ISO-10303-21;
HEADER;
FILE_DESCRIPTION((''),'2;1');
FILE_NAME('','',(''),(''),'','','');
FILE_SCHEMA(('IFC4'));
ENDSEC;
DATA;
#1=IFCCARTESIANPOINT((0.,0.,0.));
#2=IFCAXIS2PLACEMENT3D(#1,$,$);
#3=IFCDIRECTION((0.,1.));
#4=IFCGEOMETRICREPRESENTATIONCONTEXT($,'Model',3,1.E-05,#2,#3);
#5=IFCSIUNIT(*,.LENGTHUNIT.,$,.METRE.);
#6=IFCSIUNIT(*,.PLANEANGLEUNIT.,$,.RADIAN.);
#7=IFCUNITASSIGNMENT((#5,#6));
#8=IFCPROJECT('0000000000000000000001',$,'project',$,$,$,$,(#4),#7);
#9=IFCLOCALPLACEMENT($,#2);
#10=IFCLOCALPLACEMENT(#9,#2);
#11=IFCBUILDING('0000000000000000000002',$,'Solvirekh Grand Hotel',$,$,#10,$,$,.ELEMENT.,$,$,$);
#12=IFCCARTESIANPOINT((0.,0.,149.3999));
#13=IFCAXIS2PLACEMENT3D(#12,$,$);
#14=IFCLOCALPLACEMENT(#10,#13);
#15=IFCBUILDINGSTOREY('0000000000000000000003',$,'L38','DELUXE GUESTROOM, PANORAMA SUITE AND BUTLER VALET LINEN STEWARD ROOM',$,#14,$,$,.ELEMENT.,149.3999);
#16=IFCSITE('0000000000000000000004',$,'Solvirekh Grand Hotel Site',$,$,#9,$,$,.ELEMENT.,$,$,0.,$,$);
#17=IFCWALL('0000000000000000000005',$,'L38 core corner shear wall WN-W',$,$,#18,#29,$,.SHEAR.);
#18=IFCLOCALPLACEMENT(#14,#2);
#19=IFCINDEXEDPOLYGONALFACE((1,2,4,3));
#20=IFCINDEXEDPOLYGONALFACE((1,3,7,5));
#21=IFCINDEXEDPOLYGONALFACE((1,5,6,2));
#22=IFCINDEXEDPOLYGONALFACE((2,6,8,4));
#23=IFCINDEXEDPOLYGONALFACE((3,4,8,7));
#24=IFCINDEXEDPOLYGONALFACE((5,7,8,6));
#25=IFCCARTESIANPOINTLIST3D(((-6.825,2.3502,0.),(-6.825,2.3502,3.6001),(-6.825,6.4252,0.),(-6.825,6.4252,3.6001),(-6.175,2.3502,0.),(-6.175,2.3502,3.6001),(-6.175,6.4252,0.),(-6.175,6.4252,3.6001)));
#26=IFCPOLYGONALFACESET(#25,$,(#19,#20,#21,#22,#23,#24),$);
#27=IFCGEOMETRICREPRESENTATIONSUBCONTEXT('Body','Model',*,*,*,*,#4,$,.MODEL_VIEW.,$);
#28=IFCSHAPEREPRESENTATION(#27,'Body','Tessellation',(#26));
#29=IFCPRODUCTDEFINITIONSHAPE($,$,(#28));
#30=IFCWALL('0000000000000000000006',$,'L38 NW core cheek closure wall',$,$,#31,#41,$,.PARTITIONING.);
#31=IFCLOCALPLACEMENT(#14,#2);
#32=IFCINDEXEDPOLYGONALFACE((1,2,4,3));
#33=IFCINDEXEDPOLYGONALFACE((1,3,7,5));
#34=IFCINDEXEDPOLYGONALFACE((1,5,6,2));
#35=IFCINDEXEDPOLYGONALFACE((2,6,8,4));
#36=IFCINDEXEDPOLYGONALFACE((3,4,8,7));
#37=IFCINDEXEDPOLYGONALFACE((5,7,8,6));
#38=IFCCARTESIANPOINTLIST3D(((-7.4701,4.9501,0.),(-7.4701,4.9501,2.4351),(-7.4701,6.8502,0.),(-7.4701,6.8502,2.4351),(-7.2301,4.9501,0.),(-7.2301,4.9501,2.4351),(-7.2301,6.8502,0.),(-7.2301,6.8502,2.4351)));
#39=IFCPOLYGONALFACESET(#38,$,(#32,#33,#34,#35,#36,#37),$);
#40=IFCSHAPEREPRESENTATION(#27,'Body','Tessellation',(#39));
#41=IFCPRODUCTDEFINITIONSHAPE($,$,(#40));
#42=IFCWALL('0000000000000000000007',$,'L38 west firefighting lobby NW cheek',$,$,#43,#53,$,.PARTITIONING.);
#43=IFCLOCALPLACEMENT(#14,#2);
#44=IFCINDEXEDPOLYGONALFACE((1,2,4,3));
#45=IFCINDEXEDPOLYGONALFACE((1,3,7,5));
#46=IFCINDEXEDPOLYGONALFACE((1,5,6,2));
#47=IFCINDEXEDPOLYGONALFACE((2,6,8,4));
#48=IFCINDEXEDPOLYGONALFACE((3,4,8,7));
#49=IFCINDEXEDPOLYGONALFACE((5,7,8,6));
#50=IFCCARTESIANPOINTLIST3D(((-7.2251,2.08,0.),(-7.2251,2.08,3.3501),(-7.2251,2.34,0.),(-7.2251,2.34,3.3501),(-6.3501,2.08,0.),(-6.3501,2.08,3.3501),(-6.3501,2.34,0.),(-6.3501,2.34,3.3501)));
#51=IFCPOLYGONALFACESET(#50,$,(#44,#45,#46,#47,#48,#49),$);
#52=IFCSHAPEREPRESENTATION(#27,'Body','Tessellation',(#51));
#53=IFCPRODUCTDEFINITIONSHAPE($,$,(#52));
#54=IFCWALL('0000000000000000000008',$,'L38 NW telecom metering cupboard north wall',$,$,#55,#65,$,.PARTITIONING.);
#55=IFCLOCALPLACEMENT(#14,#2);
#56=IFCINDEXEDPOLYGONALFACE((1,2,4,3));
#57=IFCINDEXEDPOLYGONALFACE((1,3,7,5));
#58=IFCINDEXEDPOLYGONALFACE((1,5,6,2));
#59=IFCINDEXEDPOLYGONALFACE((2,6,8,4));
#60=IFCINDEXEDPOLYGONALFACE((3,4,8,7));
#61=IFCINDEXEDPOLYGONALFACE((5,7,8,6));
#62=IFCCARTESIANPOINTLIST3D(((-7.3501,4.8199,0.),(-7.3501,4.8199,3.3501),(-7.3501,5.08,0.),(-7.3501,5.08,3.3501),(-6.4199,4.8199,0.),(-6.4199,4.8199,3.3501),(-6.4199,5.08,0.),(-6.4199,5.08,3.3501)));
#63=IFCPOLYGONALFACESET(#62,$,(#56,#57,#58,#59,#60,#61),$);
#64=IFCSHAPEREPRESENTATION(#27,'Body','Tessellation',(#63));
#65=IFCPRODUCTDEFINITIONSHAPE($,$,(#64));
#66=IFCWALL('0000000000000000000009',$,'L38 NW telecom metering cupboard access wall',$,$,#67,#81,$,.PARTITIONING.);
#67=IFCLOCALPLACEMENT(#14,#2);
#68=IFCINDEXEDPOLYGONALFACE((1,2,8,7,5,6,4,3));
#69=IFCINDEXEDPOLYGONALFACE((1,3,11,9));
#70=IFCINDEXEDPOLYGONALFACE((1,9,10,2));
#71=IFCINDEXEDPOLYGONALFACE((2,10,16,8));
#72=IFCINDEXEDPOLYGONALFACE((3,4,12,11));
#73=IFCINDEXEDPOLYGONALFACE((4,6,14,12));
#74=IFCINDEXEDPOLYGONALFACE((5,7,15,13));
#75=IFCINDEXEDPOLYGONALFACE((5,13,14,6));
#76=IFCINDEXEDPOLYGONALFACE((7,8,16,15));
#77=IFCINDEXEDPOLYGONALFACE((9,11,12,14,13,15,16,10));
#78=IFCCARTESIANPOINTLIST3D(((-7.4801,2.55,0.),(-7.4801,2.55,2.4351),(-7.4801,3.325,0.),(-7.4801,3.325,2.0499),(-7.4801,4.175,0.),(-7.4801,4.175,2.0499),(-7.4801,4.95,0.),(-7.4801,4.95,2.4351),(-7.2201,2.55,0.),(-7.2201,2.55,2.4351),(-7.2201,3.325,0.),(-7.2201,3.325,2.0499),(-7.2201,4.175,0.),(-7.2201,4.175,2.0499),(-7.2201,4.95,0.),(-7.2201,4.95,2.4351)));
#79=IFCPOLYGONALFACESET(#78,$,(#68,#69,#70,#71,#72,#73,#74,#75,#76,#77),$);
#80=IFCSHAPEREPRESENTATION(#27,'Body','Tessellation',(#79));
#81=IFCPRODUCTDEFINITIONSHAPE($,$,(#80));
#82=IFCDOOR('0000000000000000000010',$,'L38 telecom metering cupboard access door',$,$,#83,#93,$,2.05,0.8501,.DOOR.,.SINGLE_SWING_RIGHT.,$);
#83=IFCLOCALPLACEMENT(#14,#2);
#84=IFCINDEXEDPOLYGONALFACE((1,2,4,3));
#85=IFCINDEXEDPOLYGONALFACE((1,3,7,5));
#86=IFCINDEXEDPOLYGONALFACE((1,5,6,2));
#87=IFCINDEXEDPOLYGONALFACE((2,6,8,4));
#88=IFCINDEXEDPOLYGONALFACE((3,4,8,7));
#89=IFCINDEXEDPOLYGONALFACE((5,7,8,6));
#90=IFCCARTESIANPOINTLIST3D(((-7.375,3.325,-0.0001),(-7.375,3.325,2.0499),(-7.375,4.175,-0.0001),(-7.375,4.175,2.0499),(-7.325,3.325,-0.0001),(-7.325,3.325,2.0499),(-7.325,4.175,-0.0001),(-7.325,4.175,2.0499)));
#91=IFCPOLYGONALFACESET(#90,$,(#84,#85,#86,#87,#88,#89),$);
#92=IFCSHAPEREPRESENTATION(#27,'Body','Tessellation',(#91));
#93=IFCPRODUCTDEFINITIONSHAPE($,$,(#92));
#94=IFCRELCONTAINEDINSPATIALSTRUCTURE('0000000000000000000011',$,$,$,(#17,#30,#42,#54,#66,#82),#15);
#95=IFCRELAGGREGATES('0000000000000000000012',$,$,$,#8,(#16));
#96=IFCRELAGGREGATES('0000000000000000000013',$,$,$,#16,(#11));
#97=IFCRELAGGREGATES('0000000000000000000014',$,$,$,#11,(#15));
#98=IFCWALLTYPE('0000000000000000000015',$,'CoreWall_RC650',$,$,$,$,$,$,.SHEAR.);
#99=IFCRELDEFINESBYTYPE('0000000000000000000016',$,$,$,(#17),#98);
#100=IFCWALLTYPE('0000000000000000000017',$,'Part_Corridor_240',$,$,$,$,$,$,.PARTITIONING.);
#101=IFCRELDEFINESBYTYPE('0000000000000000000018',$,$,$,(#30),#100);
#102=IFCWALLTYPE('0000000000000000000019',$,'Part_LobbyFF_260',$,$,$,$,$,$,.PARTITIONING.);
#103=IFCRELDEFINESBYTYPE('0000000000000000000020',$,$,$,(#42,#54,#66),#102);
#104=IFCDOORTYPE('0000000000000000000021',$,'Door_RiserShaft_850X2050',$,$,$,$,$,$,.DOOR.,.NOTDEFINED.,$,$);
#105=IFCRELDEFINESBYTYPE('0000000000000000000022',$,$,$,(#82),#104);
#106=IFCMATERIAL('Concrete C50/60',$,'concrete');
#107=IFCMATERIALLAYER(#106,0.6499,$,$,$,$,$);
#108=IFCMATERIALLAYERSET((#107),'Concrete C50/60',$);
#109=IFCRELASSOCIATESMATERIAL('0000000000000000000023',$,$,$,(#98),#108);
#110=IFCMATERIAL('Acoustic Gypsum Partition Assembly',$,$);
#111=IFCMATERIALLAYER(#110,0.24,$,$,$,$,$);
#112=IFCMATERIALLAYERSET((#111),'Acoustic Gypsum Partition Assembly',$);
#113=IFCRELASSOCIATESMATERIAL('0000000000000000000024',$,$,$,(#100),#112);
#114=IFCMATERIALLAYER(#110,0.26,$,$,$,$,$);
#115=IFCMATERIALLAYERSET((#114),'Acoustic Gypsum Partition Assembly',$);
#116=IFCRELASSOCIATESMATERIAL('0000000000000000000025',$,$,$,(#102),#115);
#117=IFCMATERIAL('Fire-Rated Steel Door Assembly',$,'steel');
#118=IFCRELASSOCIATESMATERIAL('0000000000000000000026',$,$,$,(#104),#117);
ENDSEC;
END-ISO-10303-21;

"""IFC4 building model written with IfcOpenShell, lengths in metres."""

from ifc_helpers import new_model, si_unit, direction, frame, frame_2d, origin, place, context, subcontext, project, spatial, rectangle, extrude, material, layer, layer_set, type_object, element, fill, save


model = new_model("IFC4")

# Units and contexts
model_context = context("Model", 3, precision=1e-05, world=origin(), true_north=direction((0.0, 1.0)))
body_context = subcontext(model_context, "Body", "Model", "MODEL_VIEW")
ifc_project = project(units=[si_unit("LENGTHUNIT", "METRE"), si_unit("PLANEANGLEUNIT", "RADIAN")], contexts=[model_context])

# Site, building, storey
site_placement = place(None, origin())
site = spatial("IfcSite", under=ifc_project, at=site_placement, Name="Solvirekh Grand Hotel Site", CompositionType="ELEMENT", RefElevation=0.0)
building_placement = place(site_placement, origin())
building = spatial("IfcBuilding", under=site, at=building_placement, Name="Solvirekh Grand Hotel", CompositionType="ELEMENT")
storey_placement = place(building_placement, frame((0.0, 0.0, 149.3999)))
storey = spatial("IfcBuildingStorey", under=building, at=storey_placement, Name="L38", Description="DELUXE GUESTROOM, PANORAMA SUITE AND BUTLER VALET LINEN STEWARD ROOM", CompositionType="ELEMENT", Elevation=149.3999)

# Shared definitions
ifc_material_1 = material(Name="Concrete C50/60", Category="concrete")

# Shared definitions
ifc_material_2 = material(Name="Fire-Rated Steel Door Assembly", Category="steel")

# Walls
ifc_layer_1 = layer(ifc_material_1, 0.6499)
ifc_layer_set_1 = layer_set([ifc_layer_1], Name="Concrete C50/60")
wall_type_1 = type_object("IfcWallType", Name="CoreWall_RC650", PredefinedType="SHEAR", material=ifc_layer_set_1)
wall_1_placement = place(storey_placement, frame((-6.5, 2.3501, 0.0), z_axis=(0.0, 0.0, 1.0), x_axis=(0.0, 1.0, 0.0)))
element("IfcWall", 1, at=wall_1_placement, inside=storey, type_object=wall_type_1, Name="L38 core corner shear wall WN-W", PredefinedType="SHEAR", context=body_context, shape_type="SweptSolid", body=[
    extrude(rectangle(XDim=4.075, YDim=0.6499, at=frame_2d((2.0376, 0.0))), origin(), (0.0, 0.0, 1.0), 3.6001),
])
ifc_material_3 = material(Name="Acoustic Gypsum Partition Assembly")
ifc_layer_2 = layer(ifc_material_3, 0.24)
ifc_layer_set_2 = layer_set([ifc_layer_2], Name="Acoustic Gypsum Partition Assembly")
wall_type_2 = type_object("IfcWallType", Name="Part_Corridor_240", PredefinedType="PARTITIONING", material=ifc_layer_set_2)
wall_2_placement = place(storey_placement, frame((-7.3501, 4.95, 0.0), z_axis=(0.0, 0.0, 1.0), x_axis=(0.0, 1.0, 0.0)))
element("IfcWall", 2, at=wall_2_placement, inside=storey, type_object=wall_type_2, Name="L38 NW core cheek closure wall", PredefinedType="PARTITIONING", context=body_context, shape_type="SweptSolid", body=[
    extrude(rectangle(XDim=1.9001, YDim=0.24, at=frame_2d((0.9502, 0.0))), origin(), (0.0, 0.0, 1.0), 2.4351),
])
ifc_layer_3 = layer(ifc_material_3, 0.26)
ifc_layer_set_3 = layer_set([ifc_layer_3], Name="Acoustic Gypsum Partition Assembly")
wall_type_3 = type_object("IfcWallType", Name="Part_LobbyFF_260", PredefinedType="PARTITIONING", material=ifc_layer_set_3)
wall_3_placement = place(storey_placement, frame((-7.2251, 2.21, 0.0), z_axis=(0.0, 0.0, 1.0), x_axis=(1.0, 0.0, 0.0)))
element("IfcWall", 3, at=wall_3_placement, inside=storey, type_object=wall_type_3, Name="L38 west firefighting lobby NW cheek", PredefinedType="PARTITIONING", context=body_context, shape_type="SweptSolid", body=[
    extrude(rectangle(XDim=0.875, YDim=0.26, at=frame_2d((0.4375, 0.0))), origin(), (0.0, 0.0, 1.0), 3.3501),
])
wall_4_placement = place(storey_placement, frame((-7.3501, 4.95, 0.0), z_axis=(0.0, 0.0, 1.0), x_axis=(1.0, 0.0, 0.0)))
element("IfcWall", 4, at=wall_4_placement, inside=storey, type_object=wall_type_3, Name="L38 NW telecom metering cupboard north wall", PredefinedType="PARTITIONING", context=body_context, shape_type="SweptSolid", body=[
    extrude(rectangle(XDim=0.9302, YDim=0.26, at=frame_2d((0.4651, 0.0))), origin(), (0.0, 0.0, 1.0), 3.3501),
])

# Wall, opening, door
wall_5_placement = place(storey_placement, frame((-7.3501, 2.55, 0.0), z_axis=(0.0, 0.0, 1.0), x_axis=(0.0, 1.0, 0.0)))
wall_5 = element("IfcWall", 5, at=wall_5_placement, inside=storey, type_object=wall_type_3, Name="L38 NW telecom metering cupboard access wall", PredefinedType="PARTITIONING", context=body_context, shape_type="SweptSolid", body=[
    extrude(rectangle(XDim=2.3999, YDim=0.26, at=frame_2d((1.2, 0.0))), origin(), (0.0, 0.0, 1.0), 2.4351),
])
opening_1_placement = place(wall_5_placement, frame((0.7749, 0.0, 0.0)))
opening_1 = element("IfcOpeningElement", 6, at=opening_1_placement, cuts=wall_5, PredefinedType="OPENING", context=body_context, shape_type="SweptSolid", body=[
    extrude(rectangle(XDim=0.8501, YDim=2.05, at=frame_2d((0.425, 1.0249))), frame((0.0, 0.1401, 0.0), z_axis=(0.0, -1.0, 0.0), x_axis=(1.0, 0.0, 0.0)), (0.0, 0.0, 1.0), 0.28),
])
door_type_1 = type_object("IfcDoorType", Name="Door_RiserShaft_850X2050", OperationType="NOTDEFINED", PredefinedType="DOOR", material=ifc_material_2)
door_1_placement = place(opening_1_placement, origin())
door_1 = element("IfcDoor", 7, at=door_1_placement, inside=storey, type_object=door_type_1, Name="L38 telecom metering cupboard access door", OperationType="SINGLE_SWING_RIGHT", OverallHeight=2.05, OverallWidth=0.8501, PredefinedType="DOOR", context=body_context, shape_type="SweptSolid", body=[
    extrude(rectangle(XDim=0.8501, YDim=2.05, at=frame_2d((0.425, 1.0249))), frame((0.0, 0.0249, 0.0), z_axis=(0.0, -1.0, 0.0), x_axis=(1.0, 0.0, 0.0)), (0.0, 0.0, 1.0), 0.05),
])
fill(opening_1, door_1)

save(model, "model.ifc")
